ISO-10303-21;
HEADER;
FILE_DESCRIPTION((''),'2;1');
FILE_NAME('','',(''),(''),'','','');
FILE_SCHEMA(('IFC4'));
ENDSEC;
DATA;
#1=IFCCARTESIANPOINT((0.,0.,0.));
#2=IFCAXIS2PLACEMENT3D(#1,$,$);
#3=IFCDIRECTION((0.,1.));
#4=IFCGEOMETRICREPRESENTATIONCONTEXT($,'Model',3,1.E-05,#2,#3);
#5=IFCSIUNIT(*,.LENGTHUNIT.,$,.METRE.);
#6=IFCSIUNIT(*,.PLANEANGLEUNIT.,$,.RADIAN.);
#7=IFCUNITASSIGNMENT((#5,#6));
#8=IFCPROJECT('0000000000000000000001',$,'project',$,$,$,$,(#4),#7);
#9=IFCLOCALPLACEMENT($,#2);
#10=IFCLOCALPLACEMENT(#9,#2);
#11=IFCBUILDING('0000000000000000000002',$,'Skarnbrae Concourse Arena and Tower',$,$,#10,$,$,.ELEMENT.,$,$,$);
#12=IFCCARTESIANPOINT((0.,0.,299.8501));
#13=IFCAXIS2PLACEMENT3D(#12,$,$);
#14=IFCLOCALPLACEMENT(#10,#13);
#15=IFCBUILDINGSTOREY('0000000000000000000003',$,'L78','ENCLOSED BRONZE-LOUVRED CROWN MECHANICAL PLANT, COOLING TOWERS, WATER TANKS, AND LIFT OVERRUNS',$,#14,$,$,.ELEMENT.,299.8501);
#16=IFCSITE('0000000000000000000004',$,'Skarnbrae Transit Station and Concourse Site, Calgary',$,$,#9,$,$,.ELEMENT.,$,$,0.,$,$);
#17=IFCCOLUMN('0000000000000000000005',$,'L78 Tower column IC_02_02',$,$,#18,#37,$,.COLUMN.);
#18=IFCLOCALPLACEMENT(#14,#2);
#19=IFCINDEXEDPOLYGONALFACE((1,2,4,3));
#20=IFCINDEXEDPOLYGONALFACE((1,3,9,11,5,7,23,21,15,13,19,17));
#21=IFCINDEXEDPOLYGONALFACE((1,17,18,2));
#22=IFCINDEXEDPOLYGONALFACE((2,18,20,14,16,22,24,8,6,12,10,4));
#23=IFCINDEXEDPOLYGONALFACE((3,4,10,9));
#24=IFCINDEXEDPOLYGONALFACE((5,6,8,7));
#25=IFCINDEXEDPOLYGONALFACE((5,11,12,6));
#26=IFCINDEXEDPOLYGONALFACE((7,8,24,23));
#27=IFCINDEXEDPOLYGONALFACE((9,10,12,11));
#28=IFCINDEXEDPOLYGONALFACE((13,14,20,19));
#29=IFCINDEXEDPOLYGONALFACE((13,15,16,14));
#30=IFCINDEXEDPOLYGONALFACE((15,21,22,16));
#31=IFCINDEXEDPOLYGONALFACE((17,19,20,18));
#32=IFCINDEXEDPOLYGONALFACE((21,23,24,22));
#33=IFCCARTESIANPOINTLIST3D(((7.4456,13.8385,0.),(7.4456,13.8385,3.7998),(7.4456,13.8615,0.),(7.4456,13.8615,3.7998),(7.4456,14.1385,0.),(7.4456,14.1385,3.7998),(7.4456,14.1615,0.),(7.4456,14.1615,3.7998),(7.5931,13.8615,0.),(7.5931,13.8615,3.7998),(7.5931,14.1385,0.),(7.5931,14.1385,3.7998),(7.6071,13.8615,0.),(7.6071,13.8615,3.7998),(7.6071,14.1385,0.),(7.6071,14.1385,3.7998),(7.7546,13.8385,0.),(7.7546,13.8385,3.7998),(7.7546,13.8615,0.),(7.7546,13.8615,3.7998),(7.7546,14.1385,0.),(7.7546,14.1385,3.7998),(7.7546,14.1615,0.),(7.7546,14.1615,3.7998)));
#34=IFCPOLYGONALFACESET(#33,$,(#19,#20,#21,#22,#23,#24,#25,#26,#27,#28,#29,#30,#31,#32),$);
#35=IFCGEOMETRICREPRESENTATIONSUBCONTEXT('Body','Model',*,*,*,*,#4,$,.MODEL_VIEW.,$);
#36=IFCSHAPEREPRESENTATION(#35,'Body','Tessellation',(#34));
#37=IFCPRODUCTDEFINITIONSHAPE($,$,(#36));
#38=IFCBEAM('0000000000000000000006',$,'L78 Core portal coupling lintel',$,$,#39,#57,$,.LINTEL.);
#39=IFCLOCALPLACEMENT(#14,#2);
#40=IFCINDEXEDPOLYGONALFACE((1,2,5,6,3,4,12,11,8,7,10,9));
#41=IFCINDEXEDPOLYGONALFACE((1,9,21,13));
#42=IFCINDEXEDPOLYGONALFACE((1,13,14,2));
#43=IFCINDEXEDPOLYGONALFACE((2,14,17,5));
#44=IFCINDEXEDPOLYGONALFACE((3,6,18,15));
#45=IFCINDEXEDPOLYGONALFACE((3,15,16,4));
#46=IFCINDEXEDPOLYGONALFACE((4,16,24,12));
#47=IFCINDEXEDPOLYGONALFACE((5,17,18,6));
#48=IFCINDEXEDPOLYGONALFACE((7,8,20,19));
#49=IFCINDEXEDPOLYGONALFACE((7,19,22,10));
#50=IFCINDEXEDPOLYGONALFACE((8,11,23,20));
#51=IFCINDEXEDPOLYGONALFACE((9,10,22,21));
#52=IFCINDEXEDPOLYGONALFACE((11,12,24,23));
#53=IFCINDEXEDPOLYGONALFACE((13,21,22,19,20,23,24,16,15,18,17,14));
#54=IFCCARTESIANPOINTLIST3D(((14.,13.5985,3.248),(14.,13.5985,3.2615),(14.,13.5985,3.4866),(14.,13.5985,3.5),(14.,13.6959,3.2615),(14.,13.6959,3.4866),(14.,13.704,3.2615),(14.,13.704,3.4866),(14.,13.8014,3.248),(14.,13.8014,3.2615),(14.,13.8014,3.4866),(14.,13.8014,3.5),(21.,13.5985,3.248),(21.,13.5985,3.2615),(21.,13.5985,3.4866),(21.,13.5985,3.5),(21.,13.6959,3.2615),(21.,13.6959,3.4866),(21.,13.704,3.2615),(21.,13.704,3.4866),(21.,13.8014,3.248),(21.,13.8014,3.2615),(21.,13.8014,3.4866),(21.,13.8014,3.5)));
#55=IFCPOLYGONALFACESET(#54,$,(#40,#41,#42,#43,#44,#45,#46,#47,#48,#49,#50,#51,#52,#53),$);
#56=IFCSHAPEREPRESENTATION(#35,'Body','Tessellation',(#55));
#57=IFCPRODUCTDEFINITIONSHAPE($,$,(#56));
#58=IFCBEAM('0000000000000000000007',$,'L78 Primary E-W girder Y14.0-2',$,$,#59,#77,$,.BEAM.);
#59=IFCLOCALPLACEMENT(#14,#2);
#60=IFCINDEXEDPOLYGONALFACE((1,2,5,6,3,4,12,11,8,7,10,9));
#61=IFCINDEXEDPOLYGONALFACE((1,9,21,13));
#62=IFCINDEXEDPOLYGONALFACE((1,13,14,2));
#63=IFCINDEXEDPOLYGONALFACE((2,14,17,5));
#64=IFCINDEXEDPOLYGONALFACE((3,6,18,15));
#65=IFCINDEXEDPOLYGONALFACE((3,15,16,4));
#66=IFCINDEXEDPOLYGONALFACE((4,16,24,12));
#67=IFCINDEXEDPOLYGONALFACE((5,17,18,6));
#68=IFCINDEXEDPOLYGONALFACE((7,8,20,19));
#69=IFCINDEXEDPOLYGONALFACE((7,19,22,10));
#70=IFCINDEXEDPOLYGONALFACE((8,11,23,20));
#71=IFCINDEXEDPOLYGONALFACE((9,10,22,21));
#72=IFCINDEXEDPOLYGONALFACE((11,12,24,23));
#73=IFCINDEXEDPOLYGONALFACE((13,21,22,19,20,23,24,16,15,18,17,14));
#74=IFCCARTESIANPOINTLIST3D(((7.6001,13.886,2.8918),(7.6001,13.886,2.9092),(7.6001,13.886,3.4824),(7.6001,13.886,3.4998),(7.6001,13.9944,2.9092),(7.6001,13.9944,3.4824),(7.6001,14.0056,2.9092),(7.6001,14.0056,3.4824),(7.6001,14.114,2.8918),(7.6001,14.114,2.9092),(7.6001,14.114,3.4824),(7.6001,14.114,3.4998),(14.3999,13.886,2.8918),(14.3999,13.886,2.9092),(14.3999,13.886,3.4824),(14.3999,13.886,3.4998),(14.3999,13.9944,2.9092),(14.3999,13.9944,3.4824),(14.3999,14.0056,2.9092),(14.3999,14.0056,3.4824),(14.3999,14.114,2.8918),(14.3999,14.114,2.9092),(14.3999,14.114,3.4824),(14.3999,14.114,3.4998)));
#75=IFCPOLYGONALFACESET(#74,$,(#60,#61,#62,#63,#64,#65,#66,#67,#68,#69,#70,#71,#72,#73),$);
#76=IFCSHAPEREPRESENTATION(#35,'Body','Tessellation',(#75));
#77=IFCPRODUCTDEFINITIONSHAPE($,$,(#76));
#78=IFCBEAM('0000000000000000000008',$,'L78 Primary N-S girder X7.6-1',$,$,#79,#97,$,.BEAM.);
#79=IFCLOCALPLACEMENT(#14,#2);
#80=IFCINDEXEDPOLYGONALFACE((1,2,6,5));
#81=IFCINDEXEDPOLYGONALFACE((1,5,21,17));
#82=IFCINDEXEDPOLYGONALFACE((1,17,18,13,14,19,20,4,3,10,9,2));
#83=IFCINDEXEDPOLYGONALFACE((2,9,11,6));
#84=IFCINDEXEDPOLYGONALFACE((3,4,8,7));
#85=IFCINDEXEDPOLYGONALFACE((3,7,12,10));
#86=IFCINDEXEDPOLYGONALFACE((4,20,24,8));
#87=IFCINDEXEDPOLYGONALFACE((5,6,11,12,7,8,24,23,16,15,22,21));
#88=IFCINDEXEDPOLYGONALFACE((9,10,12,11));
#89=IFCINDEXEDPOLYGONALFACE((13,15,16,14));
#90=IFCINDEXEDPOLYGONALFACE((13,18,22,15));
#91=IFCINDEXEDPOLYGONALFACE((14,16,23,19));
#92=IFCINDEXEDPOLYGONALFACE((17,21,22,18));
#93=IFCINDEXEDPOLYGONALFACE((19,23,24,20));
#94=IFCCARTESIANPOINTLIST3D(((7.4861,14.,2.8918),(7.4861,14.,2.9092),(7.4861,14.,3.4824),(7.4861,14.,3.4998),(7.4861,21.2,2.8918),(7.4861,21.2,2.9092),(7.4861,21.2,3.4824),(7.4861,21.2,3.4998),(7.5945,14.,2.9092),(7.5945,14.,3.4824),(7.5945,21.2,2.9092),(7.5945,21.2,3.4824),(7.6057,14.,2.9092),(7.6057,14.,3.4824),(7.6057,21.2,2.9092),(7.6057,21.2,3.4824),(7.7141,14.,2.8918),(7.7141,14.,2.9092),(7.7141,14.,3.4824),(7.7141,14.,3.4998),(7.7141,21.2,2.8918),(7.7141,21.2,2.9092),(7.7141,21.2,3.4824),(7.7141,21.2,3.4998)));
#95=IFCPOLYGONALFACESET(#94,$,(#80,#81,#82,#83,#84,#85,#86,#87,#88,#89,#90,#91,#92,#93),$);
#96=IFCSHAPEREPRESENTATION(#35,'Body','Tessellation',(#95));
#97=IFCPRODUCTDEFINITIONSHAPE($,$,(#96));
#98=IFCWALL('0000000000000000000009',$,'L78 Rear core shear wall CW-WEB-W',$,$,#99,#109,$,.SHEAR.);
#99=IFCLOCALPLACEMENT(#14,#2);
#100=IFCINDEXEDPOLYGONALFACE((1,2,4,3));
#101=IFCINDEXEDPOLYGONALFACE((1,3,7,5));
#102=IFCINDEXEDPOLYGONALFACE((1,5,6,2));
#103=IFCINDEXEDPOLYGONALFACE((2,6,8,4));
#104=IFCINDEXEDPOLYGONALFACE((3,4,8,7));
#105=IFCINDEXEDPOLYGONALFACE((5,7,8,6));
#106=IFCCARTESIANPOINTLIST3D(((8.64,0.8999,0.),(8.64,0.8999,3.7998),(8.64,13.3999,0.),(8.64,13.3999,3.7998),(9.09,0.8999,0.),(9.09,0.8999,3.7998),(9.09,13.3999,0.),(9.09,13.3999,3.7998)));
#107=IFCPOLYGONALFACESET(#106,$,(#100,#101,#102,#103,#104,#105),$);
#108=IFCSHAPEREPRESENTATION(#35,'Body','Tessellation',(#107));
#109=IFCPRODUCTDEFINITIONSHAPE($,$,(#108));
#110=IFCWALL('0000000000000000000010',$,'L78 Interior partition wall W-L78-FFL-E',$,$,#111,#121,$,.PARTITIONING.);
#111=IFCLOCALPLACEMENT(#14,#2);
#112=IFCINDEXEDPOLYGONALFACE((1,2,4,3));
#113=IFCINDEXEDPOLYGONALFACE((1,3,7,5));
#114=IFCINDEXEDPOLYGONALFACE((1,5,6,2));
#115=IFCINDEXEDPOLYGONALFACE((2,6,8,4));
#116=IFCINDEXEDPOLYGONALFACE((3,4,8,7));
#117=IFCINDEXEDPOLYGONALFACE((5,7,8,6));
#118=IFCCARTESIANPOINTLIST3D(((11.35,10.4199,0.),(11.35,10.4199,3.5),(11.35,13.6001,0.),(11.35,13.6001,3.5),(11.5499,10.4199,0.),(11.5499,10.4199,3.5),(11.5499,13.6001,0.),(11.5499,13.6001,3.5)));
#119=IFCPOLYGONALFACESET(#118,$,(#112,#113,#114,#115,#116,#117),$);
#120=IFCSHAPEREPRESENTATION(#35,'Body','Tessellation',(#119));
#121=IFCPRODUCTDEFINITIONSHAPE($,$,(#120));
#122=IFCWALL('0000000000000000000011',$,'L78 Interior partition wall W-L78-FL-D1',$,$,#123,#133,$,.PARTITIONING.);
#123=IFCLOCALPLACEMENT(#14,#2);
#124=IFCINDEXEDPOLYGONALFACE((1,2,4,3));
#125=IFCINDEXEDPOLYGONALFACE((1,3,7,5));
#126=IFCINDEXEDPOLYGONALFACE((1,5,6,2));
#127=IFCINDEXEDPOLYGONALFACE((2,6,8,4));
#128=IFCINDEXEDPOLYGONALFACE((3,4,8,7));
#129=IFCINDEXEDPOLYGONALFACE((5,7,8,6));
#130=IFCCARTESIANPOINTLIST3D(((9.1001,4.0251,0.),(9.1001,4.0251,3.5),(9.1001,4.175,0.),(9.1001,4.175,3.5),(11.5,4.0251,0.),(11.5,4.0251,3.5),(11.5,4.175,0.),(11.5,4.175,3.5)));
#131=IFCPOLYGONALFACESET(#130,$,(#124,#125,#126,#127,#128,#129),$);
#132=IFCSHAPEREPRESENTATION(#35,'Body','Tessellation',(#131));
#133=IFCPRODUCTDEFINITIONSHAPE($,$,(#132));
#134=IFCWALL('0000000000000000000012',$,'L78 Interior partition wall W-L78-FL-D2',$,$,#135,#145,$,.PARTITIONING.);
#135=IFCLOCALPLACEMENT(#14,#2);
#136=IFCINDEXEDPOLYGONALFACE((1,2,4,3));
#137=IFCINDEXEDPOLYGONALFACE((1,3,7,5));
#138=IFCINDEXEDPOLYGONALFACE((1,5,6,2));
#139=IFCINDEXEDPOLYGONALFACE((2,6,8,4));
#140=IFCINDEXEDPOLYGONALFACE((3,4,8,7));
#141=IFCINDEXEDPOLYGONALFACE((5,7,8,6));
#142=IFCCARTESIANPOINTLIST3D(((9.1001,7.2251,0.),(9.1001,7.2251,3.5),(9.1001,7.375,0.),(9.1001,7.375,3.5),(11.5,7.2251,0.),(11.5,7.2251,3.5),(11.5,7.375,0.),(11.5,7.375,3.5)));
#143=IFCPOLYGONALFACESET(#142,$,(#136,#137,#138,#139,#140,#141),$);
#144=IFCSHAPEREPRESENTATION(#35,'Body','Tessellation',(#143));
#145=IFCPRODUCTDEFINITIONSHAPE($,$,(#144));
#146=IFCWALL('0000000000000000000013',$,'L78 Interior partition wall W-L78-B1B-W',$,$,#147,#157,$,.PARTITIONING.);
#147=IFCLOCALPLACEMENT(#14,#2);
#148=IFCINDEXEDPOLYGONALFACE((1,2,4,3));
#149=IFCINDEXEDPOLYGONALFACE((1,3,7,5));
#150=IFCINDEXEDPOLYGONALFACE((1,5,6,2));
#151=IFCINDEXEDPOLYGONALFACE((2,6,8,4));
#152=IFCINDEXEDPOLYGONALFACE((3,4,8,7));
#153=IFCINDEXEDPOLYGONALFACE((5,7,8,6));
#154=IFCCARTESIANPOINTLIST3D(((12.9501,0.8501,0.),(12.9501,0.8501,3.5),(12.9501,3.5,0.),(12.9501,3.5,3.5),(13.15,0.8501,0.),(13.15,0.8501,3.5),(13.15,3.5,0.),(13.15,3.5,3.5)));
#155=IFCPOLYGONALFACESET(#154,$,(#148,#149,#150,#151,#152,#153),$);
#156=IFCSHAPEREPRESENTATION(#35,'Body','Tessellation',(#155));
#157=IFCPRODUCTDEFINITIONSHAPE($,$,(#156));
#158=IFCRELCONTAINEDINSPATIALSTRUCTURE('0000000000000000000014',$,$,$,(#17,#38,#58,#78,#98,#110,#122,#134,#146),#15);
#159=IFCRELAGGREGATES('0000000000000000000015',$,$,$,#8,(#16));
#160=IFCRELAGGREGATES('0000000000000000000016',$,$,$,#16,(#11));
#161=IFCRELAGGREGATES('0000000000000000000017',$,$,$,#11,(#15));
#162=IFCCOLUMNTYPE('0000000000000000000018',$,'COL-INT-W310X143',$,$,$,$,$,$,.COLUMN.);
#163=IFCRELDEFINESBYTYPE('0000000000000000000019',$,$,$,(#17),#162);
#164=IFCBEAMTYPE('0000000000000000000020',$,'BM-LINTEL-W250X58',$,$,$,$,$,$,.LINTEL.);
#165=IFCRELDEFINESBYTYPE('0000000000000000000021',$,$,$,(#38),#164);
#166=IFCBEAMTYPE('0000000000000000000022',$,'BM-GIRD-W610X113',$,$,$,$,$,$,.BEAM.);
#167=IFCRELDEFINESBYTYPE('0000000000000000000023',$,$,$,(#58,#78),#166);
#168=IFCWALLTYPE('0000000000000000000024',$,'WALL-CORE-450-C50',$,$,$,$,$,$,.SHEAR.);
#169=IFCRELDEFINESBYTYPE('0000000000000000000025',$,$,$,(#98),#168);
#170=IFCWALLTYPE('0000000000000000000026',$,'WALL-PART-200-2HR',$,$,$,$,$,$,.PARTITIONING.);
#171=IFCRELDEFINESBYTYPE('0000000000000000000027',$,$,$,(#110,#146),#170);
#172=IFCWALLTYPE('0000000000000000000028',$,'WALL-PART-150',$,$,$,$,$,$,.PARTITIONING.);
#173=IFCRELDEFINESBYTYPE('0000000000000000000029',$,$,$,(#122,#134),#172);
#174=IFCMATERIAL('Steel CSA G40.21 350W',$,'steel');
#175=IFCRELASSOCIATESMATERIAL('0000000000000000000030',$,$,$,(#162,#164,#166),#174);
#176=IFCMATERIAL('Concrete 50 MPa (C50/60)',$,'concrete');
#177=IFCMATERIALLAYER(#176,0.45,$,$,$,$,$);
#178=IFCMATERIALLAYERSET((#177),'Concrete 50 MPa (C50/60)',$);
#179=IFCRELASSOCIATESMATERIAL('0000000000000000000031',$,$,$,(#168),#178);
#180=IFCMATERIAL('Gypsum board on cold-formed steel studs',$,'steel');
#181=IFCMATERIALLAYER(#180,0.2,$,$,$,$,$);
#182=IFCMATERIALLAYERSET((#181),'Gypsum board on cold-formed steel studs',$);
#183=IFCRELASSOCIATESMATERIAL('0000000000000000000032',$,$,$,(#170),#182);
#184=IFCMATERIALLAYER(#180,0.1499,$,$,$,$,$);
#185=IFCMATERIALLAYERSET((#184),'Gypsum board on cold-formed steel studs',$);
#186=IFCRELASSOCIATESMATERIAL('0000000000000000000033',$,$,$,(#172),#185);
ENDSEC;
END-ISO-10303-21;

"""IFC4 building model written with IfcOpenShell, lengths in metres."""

from ifc_helpers import new_model, si_unit, direction, frame, frame_2d, origin, origin_2d, place, context, subcontext, project, spatial, rectangle, i_section, extrude, source, transform, mapped, material, layer, layer_set, material_profile, profile_set, type_object, element, save


model = new_model("IFC4")

# Units and contexts
model_context = context("Model", 3, precision=1e-05, world=origin(), true_north=direction((0.0, 1.0)))
body_context = subcontext(model_context, "Body", "Model", "MODEL_VIEW")
ifc_project = project(units=[si_unit("LENGTHUNIT", "METRE"), si_unit("PLANEANGLEUNIT", "RADIAN")], contexts=[model_context])

# Site, building, storey
site_placement = place(None, origin())
site = spatial("IfcSite", under=ifc_project, at=site_placement, Name="Skarnbrae Transit Station and Concourse Site, Calgary", CompositionType="ELEMENT", RefElevation=0.0)
building_placement = place(site_placement, origin())
building = spatial("IfcBuilding", under=site, at=building_placement, Name="Skarnbrae Concourse Arena and Tower", CompositionType="ELEMENT")
storey_placement = place(building_placement, frame((0.0, 0.0, 299.8501)))
storey = spatial("IfcBuildingStorey", under=building, at=storey_placement, Name="L78", Description="ENCLOSED BRONZE-LOUVRED CROWN MECHANICAL PLANT, COOLING TOWERS, WATER TANKS, AND LIFT OVERRUNS", CompositionType="ELEMENT", Elevation=299.8501)

# Column
ifc_material_1 = material(Name="Steel CSA G40.21 350W", Category="steel")
ifc_material_profile_1 = material_profile(ifc_material_1, i_section(OverallWidth=0.3091, OverallDepth=0.323, WebThickness=0.0139, FlangeThickness=0.0229, at=origin_2d()), Name="W310X143")
ifc_profile_set_1 = profile_set([ifc_material_profile_1], Name="Steel CSA G40.21 350W")
column_type = type_object("IfcColumnType", Name="COL-INT-W310X143", PredefinedType="COLUMN", material=ifc_profile_set_1)
shared_shape_1 = source(origin(), body_context, "Body", "SweptSolid", [
    extrude(i_section(OverallWidth=0.3091, OverallDepth=0.323, WebThickness=0.0139, FlangeThickness=0.0229, at=origin_2d()), origin(), (0.0, 0.0, 1.0), 3.7998),
])
column_placement = place(storey_placement, frame((7.6001, 14.0, 0.0), z_axis=(0.0, 0.0, 1.0), x_axis=(1.0, 0.0, 0.0)))
element("IfcColumn", 1, at=column_placement, inside=storey, type_object=column_type, Name="L78 Tower column IC_02_02", PredefinedType="COLUMN", context=body_context, shape_type="MappedRepresentation", body=[
    mapped(shared_shape_1, transform((0.0, 0.0, 0.0))),
])

# Beams
ifc_material_profile_2 = material_profile(ifc_material_1, i_section(OverallWidth=0.2029, OverallDepth=0.252, WebThickness=0.0081, FlangeThickness=0.0134, at=origin_2d()), Name="W250X58")
ifc_profile_set_2 = profile_set([ifc_material_profile_2], Name="Steel CSA G40.21 350W")
beam_type_1 = type_object("IfcBeamType", Name="BM-LINTEL-W250X58", PredefinedType="LINTEL", material=ifc_profile_set_2)
shared_shape_2 = source(origin(), body_context, "Body", "SweptSolid", [
    extrude(i_section(OverallWidth=0.2029, OverallDepth=0.252, WebThickness=0.0081, FlangeThickness=0.0134, at=origin_2d()), origin(), (0.0, 0.0, 1.0), 7.0),
])
beam_1_placement = place(storey_placement, frame((14.0, 13.7, 3.374), z_axis=(1.0, 0.0, 0.0), x_axis=(0.0, 1.0, 0.0)))
element("IfcBeam", 2, at=beam_1_placement, inside=storey, type_object=beam_type_1, Name="L78 Core portal coupling lintel", PredefinedType="LINTEL", context=body_context, shape_type="MappedRepresentation", body=[
    mapped(shared_shape_2, transform((0.0, 0.0, 0.0))),
])
ifc_material_profile_3 = material_profile(ifc_material_1, i_section(OverallWidth=0.228, OverallDepth=0.6079, WebThickness=0.0112, FlangeThickness=0.0173, at=origin_2d()), Name="W610X113")
ifc_profile_set_3 = profile_set([ifc_material_profile_3], Name="Steel CSA G40.21 350W")
beam_type_2 = type_object("IfcBeamType", Name="BM-GIRD-W610X113", PredefinedType="BEAM", material=ifc_profile_set_3)
shared_shape_3 = source(origin(), body_context, "Body", "SweptSolid", [
    extrude(i_section(OverallWidth=0.228, OverallDepth=0.6079, WebThickness=0.0112, FlangeThickness=0.0173, at=origin_2d()), origin(), (0.0, 0.0, 1.0), 6.7998),
])
beam_2_placement = place(storey_placement, frame((7.6001, 14.0, 3.1958), z_axis=(1.0, 0.0, 0.0), x_axis=(0.0, 1.0, 0.0)))
element("IfcBeam", 3, at=beam_2_placement, inside=storey, type_object=beam_type_2, Name="L78 Primary E-W girder Y14.0-2", PredefinedType="BEAM", context=body_context, shape_type="MappedRepresentation", body=[
    mapped(shared_shape_3, transform((0.0, 0.0, 0.0))),
])
shared_shape_4 = source(origin(), body_context, "Body", "SweptSolid", [
    extrude(i_section(OverallWidth=0.228, OverallDepth=0.6079, WebThickness=0.0112, FlangeThickness=0.0173, at=origin_2d()), origin(), (0.0, 0.0, 1.0), 7.2),
])
beam_3_placement = place(storey_placement, frame((7.6001, 14.0, 3.1958), z_axis=(0.0, 1.0, 0.0), x_axis=(-1.0, 0.0, 0.0)))
element("IfcBeam", 4, at=beam_3_placement, inside=storey, type_object=beam_type_2, Name="L78 Primary N-S girder X7.6-1", PredefinedType="BEAM", context=body_context, shape_type="MappedRepresentation", body=[
    mapped(shared_shape_4, transform((0.0, 0.0, 0.0))),
])

# Shared definitions
ifc_material_2 = material(Name="Concrete 50 MPa (C50/60)", Category="concrete")

# Walls
ifc_layer_1 = layer(ifc_material_2, 0.45)
ifc_layer_set_1 = layer_set([ifc_layer_1], Name="Concrete 50 MPa (C50/60)")
wall_type_1 = type_object("IfcWallType", Name="WALL-CORE-450-C50", PredefinedType="SHEAR", material=ifc_layer_set_1)
shared_shape_5 = source(origin(), body_context, "Body", "SweptSolid", [
    extrude(rectangle(XDim=12.5, YDim=0.45, at=frame_2d((6.25, 0.0))), origin(), (0.0, 0.0, 1.0), 3.7998),
])
wall_1_placement = place(storey_placement, frame((8.865, 0.8999, 0.0), z_axis=(0.0, 0.0, 1.0), x_axis=(0.0, 1.0, 0.0)))
element("IfcWall", 5, at=wall_1_placement, inside=storey, type_object=wall_type_1, Name="L78 Rear core shear wall CW-WEB-W", PredefinedType="SHEAR", context=body_context, shape_type="MappedRepresentation", body=[
    mapped(shared_shape_5, transform((0.0, 0.0, 0.0))),
])
ifc_material_3 = material(Name="Gypsum board on cold-formed steel studs", Category="steel")
ifc_layer_2 = layer(ifc_material_3, 0.2)
ifc_layer_set_2 = layer_set([ifc_layer_2], Name="Gypsum board on cold-formed steel studs")
wall_type_2 = type_object("IfcWallType", Name="WALL-PART-200-2HR", PredefinedType="PARTITIONING", material=ifc_layer_set_2)
shared_shape_6 = source(origin(), body_context, "Body", "SweptSolid", [
    extrude(rectangle(XDim=3.1802, YDim=0.2, at=frame_2d((1.5901, 0.0))), origin(), (0.0, 0.0, 1.0), 3.5),
])
wall_2_placement = place(storey_placement, frame((11.45, 10.4199, 0.0), z_axis=(0.0, 0.0, 1.0), x_axis=(0.0, 1.0, 0.0)))
element("IfcWall", 6, at=wall_2_placement, inside=storey, type_object=wall_type_2, Name="L78 Interior partition wall W-L78-FFL-E", PredefinedType="PARTITIONING", context=body_context, shape_type="MappedRepresentation", body=[
    mapped(shared_shape_6, transform((0.0, 0.0, 0.0))),
])

# Walls
ifc_layer_3 = layer(ifc_material_3, 0.1499)
ifc_layer_set_3 = layer_set([ifc_layer_3], Name="Gypsum board on cold-formed steel studs")
wall_type_3 = type_object("IfcWallType", Name="WALL-PART-150", PredefinedType="PARTITIONING", material=ifc_layer_set_3)
shared_shape_7 = source(origin(), body_context, "Body", "SweptSolid", [
    extrude(rectangle(XDim=2.3999, YDim=0.1499, at=frame_2d((1.2, 0.0))), origin(), (0.0, 0.0, 1.0), 3.5),
])
for number, where, z_axis, x_axis, name in (
    (7, (9.1001, 4.1001, 0.0), (0.0, 0.0, 1.0), (1.0, 0.0, 0.0), "L78 Interior partition wall W-L78-FL-D1"),
    (8, (9.1001, 7.3, 0.0), (0.0, 0.0, 1.0), (1.0, 0.0, 0.0), "L78 Interior partition wall W-L78-FL-D2"),
):
    element("IfcWall", number, at=place(storey_placement, frame(where, z_axis=z_axis, x_axis=x_axis)), inside=storey, type_object=wall_type_3, Name=name, PredefinedType="PARTITIONING", context=body_context, shape_type="MappedRepresentation", body=[
        mapped(shared_shape_7, transform((0.0, 0.0, 0.0))),
    ])
shared_shape_8 = source(origin(), body_context, "Body", "SweptSolid", [
    extrude(rectangle(XDim=2.6499, YDim=0.2, at=frame_2d((1.325, 0.0))), origin(), (0.0, 0.0, 1.0), 3.5),
])
wall_3_placement = place(storey_placement, frame((13.05, 0.8501, 0.0), z_axis=(0.0, 0.0, 1.0), x_axis=(0.0, 1.0, 0.0)))
element("IfcWall", 9, at=wall_3_placement, inside=storey, type_object=wall_type_2, Name="L78 Interior partition wall W-L78-B1B-W", PredefinedType="PARTITIONING", context=body_context, shape_type="MappedRepresentation", body=[
    mapped(shared_shape_8, transform((0.0, 0.0, 0.0))),
])

save(model, "model.ifc")
